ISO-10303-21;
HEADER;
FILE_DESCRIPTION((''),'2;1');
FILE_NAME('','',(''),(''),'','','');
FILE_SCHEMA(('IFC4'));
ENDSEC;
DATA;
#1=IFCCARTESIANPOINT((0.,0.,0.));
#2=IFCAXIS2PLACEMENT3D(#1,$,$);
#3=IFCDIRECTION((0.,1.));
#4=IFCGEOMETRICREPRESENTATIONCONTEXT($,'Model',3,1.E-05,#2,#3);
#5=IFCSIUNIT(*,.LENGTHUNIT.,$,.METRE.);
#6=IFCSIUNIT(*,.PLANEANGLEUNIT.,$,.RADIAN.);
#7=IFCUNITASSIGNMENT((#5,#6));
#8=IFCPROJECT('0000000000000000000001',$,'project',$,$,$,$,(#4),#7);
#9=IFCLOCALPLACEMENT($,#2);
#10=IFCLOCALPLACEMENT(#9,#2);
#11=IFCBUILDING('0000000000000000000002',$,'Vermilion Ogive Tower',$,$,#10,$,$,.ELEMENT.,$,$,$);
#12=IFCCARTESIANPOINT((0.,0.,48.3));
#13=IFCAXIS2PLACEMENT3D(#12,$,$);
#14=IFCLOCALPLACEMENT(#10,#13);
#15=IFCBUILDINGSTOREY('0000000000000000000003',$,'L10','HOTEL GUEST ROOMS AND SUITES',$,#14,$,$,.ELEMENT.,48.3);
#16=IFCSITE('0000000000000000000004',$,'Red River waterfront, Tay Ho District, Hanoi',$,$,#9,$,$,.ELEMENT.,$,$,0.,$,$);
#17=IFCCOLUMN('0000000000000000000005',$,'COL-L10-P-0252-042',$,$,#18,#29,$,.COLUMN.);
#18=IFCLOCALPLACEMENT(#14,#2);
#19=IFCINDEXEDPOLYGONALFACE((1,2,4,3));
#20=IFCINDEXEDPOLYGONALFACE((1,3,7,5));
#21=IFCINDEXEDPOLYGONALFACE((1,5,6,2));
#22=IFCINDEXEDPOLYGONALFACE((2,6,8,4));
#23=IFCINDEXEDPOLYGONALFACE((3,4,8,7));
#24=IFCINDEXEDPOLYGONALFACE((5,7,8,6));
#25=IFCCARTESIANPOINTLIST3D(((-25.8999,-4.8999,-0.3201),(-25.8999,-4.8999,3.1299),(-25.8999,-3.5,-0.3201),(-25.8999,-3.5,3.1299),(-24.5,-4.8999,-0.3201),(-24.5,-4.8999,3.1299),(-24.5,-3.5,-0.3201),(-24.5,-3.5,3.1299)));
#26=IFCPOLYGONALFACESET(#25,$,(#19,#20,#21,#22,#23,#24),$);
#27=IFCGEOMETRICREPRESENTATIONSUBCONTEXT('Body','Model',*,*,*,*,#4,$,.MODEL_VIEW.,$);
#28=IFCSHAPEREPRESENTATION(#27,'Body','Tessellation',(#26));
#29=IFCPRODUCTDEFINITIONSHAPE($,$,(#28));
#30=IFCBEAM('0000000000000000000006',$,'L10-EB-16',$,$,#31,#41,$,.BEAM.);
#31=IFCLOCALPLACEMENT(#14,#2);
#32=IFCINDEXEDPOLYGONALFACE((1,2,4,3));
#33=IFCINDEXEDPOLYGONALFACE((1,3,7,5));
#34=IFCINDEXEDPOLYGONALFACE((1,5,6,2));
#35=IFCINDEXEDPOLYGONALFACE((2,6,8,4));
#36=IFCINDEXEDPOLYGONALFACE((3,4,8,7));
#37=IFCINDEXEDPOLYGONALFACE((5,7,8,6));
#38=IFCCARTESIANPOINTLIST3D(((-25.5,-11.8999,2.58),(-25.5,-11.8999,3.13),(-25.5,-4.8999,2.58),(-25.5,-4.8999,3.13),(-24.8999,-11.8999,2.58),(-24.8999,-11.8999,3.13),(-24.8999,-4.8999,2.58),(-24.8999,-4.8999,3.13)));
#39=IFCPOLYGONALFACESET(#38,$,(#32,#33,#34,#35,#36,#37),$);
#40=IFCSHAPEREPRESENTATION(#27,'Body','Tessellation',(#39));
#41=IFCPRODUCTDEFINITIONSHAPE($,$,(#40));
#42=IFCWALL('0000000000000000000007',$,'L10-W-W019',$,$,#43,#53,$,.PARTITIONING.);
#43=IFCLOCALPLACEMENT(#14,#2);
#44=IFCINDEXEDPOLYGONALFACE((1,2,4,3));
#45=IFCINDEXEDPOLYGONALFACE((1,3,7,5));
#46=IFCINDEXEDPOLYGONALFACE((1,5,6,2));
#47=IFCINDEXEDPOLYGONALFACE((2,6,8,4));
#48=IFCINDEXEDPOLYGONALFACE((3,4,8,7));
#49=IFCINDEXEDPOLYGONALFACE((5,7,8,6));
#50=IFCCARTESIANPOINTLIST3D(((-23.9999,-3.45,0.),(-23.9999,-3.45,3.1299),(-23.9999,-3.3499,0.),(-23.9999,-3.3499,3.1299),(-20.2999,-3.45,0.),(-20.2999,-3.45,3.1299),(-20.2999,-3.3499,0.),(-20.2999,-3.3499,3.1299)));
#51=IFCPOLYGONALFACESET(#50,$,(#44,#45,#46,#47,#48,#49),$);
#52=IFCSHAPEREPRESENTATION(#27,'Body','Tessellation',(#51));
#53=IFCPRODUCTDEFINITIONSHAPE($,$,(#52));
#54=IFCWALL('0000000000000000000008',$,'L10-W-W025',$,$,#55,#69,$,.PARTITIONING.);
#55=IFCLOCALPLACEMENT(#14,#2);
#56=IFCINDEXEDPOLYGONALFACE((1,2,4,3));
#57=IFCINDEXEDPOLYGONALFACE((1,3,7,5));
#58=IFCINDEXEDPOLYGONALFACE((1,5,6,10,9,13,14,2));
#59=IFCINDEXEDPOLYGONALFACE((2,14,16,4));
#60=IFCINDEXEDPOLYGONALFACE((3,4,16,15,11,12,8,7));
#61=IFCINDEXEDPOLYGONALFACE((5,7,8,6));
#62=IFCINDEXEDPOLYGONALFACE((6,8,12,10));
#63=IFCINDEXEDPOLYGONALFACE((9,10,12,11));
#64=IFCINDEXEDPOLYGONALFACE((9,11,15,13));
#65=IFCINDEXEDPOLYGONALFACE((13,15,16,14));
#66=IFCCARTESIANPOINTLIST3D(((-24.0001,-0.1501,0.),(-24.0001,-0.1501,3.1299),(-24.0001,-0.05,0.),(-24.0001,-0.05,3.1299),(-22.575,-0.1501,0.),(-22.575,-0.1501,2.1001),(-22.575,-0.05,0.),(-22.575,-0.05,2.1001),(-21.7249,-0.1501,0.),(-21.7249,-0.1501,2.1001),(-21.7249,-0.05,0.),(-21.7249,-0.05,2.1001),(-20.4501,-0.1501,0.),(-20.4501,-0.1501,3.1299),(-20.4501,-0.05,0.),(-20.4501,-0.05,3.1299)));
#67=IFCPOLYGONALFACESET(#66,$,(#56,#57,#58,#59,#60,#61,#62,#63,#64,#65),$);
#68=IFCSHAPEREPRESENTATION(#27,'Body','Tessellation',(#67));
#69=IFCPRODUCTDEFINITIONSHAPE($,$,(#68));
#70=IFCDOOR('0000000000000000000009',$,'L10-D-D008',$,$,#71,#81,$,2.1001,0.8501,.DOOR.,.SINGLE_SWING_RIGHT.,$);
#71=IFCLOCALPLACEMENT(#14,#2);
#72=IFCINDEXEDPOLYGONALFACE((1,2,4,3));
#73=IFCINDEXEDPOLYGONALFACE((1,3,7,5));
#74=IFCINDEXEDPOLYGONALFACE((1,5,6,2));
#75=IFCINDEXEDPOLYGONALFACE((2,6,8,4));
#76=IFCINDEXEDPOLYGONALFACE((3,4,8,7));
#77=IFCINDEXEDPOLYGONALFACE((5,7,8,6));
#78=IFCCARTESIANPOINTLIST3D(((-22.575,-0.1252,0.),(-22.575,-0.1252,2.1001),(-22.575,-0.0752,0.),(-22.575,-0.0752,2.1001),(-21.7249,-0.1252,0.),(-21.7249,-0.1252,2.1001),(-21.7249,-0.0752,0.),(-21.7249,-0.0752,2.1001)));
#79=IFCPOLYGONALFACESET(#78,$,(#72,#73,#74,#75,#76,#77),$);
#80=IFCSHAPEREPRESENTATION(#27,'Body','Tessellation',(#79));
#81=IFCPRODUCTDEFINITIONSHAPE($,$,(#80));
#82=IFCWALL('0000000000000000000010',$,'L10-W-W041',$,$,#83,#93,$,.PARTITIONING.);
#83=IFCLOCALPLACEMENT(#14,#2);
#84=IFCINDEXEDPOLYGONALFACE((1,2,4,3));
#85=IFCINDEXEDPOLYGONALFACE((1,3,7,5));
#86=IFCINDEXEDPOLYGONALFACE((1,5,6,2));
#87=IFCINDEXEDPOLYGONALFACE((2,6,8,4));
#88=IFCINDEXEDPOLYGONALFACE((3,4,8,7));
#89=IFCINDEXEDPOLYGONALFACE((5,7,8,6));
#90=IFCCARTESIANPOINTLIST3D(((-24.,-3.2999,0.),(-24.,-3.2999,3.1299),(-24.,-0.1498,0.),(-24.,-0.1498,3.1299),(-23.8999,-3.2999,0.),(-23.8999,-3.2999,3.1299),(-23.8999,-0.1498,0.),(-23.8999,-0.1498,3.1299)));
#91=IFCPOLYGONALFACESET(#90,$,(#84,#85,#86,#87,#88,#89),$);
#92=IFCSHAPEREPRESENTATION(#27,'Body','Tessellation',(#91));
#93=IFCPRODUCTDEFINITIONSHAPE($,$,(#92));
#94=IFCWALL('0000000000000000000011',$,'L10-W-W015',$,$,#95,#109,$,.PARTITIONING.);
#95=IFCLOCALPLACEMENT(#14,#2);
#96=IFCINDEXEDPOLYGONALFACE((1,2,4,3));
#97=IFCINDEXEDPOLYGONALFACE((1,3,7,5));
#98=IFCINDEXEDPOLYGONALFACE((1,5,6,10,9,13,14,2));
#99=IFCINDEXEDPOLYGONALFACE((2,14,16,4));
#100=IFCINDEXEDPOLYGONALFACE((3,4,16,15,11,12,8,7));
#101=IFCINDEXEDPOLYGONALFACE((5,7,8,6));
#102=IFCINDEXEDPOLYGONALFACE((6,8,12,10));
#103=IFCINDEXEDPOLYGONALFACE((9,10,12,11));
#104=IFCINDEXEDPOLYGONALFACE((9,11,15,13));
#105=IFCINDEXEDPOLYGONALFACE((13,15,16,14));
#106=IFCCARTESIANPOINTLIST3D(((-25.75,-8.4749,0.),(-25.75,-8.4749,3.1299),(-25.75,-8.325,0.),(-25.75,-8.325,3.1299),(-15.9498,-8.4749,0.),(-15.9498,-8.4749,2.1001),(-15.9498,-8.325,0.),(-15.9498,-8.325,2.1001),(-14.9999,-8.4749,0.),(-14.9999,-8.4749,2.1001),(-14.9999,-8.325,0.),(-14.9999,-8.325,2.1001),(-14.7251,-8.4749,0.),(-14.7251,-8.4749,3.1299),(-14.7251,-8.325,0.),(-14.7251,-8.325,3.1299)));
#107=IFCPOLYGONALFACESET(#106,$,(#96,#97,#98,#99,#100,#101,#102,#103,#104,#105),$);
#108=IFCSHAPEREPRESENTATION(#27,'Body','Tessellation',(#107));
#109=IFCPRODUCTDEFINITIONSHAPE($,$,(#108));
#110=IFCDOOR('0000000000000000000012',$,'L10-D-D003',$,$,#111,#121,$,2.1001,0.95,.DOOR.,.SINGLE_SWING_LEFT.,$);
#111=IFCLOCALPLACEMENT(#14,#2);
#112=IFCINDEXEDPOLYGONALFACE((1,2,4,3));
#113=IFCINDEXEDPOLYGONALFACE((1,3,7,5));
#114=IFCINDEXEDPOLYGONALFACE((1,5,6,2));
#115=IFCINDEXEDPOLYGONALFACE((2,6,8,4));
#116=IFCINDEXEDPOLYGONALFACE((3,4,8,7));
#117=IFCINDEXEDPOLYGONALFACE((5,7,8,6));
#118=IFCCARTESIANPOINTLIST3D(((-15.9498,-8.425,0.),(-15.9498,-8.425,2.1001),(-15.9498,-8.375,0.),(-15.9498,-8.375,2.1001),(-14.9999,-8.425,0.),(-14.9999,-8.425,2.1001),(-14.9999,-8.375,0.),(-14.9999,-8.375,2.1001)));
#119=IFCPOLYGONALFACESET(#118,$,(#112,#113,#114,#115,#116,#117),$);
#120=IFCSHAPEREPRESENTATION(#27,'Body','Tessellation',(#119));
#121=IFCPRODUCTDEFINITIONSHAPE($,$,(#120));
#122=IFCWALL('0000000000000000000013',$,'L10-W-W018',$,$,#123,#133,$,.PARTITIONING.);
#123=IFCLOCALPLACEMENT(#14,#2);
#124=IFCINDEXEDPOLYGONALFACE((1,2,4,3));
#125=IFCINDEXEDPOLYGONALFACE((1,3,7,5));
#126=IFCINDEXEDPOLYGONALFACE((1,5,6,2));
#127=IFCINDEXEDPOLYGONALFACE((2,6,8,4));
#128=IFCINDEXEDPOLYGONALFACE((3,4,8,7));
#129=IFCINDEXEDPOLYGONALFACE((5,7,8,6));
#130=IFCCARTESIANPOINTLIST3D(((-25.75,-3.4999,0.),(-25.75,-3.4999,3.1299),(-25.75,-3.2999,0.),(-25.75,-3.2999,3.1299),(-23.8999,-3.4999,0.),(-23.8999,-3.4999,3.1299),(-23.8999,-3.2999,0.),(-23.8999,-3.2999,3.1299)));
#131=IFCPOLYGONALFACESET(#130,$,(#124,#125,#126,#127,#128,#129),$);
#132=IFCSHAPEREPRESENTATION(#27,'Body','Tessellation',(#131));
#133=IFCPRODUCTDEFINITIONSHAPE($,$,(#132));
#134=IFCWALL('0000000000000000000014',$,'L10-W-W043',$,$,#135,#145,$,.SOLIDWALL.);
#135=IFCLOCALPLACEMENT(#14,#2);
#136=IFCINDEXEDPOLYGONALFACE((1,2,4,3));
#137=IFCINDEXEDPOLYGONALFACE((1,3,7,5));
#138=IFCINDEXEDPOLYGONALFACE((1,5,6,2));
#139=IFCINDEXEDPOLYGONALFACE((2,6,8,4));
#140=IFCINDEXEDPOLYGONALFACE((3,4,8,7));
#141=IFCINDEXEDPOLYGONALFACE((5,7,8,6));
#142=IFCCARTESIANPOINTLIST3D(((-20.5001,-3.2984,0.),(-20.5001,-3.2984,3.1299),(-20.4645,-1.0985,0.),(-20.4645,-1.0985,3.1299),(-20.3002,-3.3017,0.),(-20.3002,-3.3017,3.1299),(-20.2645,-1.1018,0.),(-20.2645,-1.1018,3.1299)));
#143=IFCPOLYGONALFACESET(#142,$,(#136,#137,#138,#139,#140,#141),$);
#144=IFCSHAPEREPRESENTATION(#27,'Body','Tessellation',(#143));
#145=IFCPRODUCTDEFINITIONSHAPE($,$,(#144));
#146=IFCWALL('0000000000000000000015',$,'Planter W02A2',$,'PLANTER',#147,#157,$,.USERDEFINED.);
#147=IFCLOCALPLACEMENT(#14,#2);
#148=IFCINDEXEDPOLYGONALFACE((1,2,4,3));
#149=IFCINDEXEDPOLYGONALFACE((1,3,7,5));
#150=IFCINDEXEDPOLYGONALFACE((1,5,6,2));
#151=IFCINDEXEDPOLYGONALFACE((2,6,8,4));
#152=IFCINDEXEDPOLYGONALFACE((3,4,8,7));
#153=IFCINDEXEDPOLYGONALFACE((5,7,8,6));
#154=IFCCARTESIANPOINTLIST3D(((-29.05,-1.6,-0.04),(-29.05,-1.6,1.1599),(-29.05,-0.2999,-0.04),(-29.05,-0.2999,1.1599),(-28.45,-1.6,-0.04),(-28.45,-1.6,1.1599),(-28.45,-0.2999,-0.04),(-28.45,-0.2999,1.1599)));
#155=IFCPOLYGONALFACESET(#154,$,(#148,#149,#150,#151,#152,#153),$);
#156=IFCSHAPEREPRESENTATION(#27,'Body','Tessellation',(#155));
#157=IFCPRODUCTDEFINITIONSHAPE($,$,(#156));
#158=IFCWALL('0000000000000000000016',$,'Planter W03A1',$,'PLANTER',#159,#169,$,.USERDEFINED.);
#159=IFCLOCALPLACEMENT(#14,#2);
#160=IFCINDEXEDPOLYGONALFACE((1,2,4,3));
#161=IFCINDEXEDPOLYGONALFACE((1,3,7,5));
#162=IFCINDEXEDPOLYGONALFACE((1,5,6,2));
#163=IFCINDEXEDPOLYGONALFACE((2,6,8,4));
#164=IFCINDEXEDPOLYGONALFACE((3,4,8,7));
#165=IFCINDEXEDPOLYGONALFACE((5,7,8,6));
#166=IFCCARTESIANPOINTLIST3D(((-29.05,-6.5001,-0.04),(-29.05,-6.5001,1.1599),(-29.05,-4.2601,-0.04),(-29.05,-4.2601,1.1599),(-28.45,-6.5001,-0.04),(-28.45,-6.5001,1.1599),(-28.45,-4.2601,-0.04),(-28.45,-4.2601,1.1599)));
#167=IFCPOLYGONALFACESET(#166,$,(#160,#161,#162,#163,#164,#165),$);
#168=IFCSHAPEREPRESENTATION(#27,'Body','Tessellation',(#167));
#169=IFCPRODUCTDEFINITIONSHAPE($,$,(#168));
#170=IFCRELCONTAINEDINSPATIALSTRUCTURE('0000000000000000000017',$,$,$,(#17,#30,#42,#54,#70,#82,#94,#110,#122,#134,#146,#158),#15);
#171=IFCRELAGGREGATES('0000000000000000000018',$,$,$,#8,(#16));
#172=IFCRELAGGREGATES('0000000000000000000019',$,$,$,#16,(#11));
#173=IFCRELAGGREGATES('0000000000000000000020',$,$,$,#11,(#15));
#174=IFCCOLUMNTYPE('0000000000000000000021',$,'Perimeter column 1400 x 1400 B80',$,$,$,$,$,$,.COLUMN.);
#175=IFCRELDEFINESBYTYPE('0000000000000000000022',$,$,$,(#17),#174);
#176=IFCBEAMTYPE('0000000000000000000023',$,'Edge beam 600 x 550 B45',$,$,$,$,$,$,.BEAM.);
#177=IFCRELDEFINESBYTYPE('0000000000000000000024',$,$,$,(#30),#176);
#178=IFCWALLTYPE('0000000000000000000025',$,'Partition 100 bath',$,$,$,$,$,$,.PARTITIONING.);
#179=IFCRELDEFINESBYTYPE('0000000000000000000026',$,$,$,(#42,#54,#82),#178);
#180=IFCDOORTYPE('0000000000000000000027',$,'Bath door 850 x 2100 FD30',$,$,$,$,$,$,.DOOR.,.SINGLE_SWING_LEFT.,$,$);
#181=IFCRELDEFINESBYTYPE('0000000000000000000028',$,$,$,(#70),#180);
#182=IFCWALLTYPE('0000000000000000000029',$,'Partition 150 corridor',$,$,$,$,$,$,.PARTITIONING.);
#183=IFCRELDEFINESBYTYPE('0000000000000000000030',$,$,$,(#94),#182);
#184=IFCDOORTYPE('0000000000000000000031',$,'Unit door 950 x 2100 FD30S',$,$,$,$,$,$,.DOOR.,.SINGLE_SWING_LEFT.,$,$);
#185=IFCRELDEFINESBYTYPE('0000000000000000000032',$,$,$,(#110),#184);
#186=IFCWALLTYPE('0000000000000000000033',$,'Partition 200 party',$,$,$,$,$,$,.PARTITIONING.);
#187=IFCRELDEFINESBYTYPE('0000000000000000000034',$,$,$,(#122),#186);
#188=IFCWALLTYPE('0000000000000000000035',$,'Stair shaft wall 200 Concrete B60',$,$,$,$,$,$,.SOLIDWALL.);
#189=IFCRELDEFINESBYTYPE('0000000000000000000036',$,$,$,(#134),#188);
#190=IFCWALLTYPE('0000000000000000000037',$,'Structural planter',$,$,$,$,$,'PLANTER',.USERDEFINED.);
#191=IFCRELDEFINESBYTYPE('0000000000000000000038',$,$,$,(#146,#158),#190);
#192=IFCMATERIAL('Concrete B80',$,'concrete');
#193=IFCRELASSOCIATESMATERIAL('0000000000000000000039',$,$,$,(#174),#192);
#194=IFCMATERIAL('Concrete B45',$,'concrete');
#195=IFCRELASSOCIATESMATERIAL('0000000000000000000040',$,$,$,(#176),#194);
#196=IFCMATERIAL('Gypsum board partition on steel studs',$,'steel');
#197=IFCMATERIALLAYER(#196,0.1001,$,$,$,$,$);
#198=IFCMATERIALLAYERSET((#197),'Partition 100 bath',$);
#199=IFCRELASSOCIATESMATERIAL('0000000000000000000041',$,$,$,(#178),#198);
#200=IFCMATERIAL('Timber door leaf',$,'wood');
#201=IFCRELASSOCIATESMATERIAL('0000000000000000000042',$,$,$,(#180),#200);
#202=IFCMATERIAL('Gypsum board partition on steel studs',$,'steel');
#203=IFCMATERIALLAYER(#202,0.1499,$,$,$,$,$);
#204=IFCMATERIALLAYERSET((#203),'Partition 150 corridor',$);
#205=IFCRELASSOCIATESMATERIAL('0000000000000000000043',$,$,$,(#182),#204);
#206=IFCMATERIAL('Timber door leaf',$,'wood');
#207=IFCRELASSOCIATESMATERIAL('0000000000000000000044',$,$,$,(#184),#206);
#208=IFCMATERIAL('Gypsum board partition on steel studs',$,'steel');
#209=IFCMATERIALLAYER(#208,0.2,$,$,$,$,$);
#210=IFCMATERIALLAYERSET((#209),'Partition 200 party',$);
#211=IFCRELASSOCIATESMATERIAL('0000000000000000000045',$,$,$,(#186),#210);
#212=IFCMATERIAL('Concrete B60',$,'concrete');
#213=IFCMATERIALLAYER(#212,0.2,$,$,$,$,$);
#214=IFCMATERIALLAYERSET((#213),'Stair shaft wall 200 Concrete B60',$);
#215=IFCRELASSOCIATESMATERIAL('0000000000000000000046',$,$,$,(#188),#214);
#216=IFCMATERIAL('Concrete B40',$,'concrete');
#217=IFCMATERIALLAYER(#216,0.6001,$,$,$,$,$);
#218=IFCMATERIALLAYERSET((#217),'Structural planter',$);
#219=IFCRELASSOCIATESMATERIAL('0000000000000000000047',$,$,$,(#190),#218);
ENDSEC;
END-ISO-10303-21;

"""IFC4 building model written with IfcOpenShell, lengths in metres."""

from ifc_helpers import new_model, si_unit, direction, frame, frame_2d, origin, origin_2d, place, context, subcontext, project, spatial, rectangle, extrude, material, layer, layer_set, material_profile, profile_set, type_object, element, fill, save


model = new_model("IFC4")

# Units and contexts
model_context = context("Model", 3, precision=1e-05, world=origin(), true_north=direction((0.0, 1.0)))
body_context = subcontext(model_context, "Body", "Model", "MODEL_VIEW")
ifc_project = project(units=[si_unit("LENGTHUNIT", "METRE"), si_unit("PLANEANGLEUNIT", "RADIAN")], contexts=[model_context])

# Site, building, storey
site_placement = place(None, origin())
site = spatial("IfcSite", under=ifc_project, at=site_placement, Name="Red River waterfront, Tay Ho District, Hanoi", CompositionType="ELEMENT", RefElevation=0.0)
building_placement = place(site_placement, origin())
building = spatial("IfcBuilding", under=site, at=building_placement, Name="Vermilion Ogive Tower", CompositionType="ELEMENT")
storey_placement = place(building_placement, frame((0.0, 0.0, 48.3)))
storey = spatial("IfcBuildingStorey", under=building, at=storey_placement, Name="L10", Description="HOTEL GUEST ROOMS AND SUITES", CompositionType="ELEMENT", Elevation=48.3)

# Column
ifc_material_1 = material(Name="Concrete B80", Category="concrete")
ifc_material_profile_1 = material_profile(ifc_material_1, rectangle(XDim=1.3999, YDim=1.3999, at=origin_2d()), Name="1400 x 1400")
ifc_profile_set_1 = profile_set([ifc_material_profile_1], Name="Concrete B80")
column_type = type_object("IfcColumnType", Name="Perimeter column 1400 x 1400 B80", PredefinedType="COLUMN", material=ifc_profile_set_1)
column_placement = place(storey_placement, frame((-25.2, -4.2, -0.3201), z_axis=(0.0, 0.0, 1.0), x_axis=(1.0, 0.0, 0.0)))
element("IfcColumn", 1, at=column_placement, inside=storey, type_object=column_type, Name="COL-L10-P-0252-042", PredefinedType="COLUMN", context=body_context, shape_type="SweptSolid", body=[
    extrude(rectangle(XDim=1.3999, YDim=1.3999, at=origin_2d()), origin(), (0.0, 0.0, 1.0), 3.45),
])

# Beam
ifc_material_2 = material(Name="Concrete B45", Category="concrete")
ifc_material_profile_2 = material_profile(ifc_material_2, rectangle(XDim=0.6001, YDim=0.55, at=origin_2d()), Name="600 x 550")
ifc_profile_set_2 = profile_set([ifc_material_profile_2], Name="Concrete B45")
beam_type = type_object("IfcBeamType", Name="Edge beam 600 x 550 B45", PredefinedType="BEAM", material=ifc_profile_set_2)
beam_placement = place(storey_placement, frame((-25.2, -4.8999, 2.855), z_axis=(0.0, -1.0, 0.0), x_axis=(1.0, 0.0, 0.0)))
element("IfcBeam", 2, at=beam_placement, inside=storey, type_object=beam_type, Name="L10-EB-16", PredefinedType="BEAM", context=body_context, shape_type="SweptSolid", body=[
    extrude(rectangle(XDim=0.6001, YDim=0.55, at=origin_2d()), origin(), (0.0, 0.0, 1.0), 7.0),
])

# Wall
ifc_material_3 = material(Name="Gypsum board partition on steel studs", Category="steel")
ifc_layer_1 = layer(ifc_material_3, 0.1001)
ifc_layer_set_1 = layer_set([ifc_layer_1], Name="Partition 100 bath")
wall_type_1 = type_object("IfcWallType", Name="Partition 100 bath", PredefinedType="PARTITIONING", material=ifc_layer_set_1)
wall_1_placement = place(storey_placement, frame((-24.0, -3.3999, 0.0), z_axis=(0.0, 0.0, 1.0), x_axis=(1.0, 0.0, 0.0)))
element("IfcWall", 3, at=wall_1_placement, inside=storey, type_object=wall_type_1, Name="L10-W-W019", PredefinedType="PARTITIONING", context=body_context, shape_type="SweptSolid", body=[
    extrude(rectangle(XDim=3.7, YDim=0.1001, at=frame_2d((1.8501, 0.0))), origin(), (0.0, 0.0, 1.0), 3.1299),
])

# Wall, opening, door
wall_2_placement = place(storey_placement, frame((-24.0, -0.1001, 0.0), z_axis=(0.0, 0.0, 1.0), x_axis=(1.0, 0.0, 0.0)))
wall_2 = element("IfcWall", 4, at=wall_2_placement, inside=storey, type_object=wall_type_1, Name="L10-W-W025", PredefinedType="PARTITIONING", context=body_context, shape_type="SweptSolid", body=[
    extrude(rectangle(XDim=3.55, YDim=0.1001, at=frame_2d((1.7749, 0.0))), origin(), (0.0, 0.0, 1.0), 3.1299),
])
opening_1_placement = place(wall_2_placement, frame((1.425, 0.0, 0.0)))
opening_1 = element("IfcOpeningElement", 5, at=opening_1_placement, cuts=wall_2, PredefinedType="OPENING", context=body_context, shape_type="SweptSolid", body=[
    extrude(rectangle(XDim=0.8501, YDim=2.1001, at=frame_2d((0.425, 1.05))), frame((0.0, 0.0601, 0.0), z_axis=(0.0, -1.0, 0.0), x_axis=(1.0, 0.0, 0.0)), (0.0, 0.0, 1.0), 0.1201),
])
ifc_material_4 = material(Name="Timber door leaf", Category="wood")
door_type_1 = type_object("IfcDoorType", Name="Bath door 850 x 2100 FD30", OperationType="SINGLE_SWING_LEFT", PredefinedType="DOOR", material=ifc_material_4)
door_1_placement = place(opening_1_placement, origin())
door_1 = element("IfcDoor", 6, at=door_1_placement, inside=storey, type_object=door_type_1, Name="L10-D-D008", OperationType="SINGLE_SWING_RIGHT", OverallHeight=2.1001, OverallWidth=0.8501, PredefinedType="DOOR", context=body_context, shape_type="SweptSolid", body=[
    extrude(rectangle(XDim=0.8501, YDim=2.1001, at=frame_2d((0.425, 1.05))), frame((0.0, 0.0249, 0.0), z_axis=(0.0, -1.0, 0.0), x_axis=(1.0, 0.0, 0.0)), (0.0, 0.0, 1.0), 0.05),
])
fill(opening_1, door_1)

# Wall
wall_3_placement = place(storey_placement, frame((-23.95, -3.3, 0.0), z_axis=(0.0, 0.0, 1.0), x_axis=(0.0, 1.0, 0.0)))
element("IfcWall", 7, at=wall_3_placement, inside=storey, type_object=wall_type_1, Name="L10-W-W041", PredefinedType="PARTITIONING", context=body_context, shape_type="SweptSolid", body=[
    extrude(rectangle(XDim=3.1501, YDim=0.1001, at=frame_2d((1.5752, 0.0))), origin(), (0.0, 0.0, 1.0), 3.1299),
])

# Wall, opening, door
ifc_material_5 = material(Name="Gypsum board partition on steel studs", Category="steel")
ifc_layer_2 = layer(ifc_material_5, 0.1499)
ifc_layer_set_2 = layer_set([ifc_layer_2], Name="Partition 150 corridor")
wall_type_2 = type_object("IfcWallType", Name="Partition 150 corridor", PredefinedType="PARTITIONING", material=ifc_layer_set_2)
wall_4_placement = place(storey_placement, frame((-25.75, -8.3999, 0.0), z_axis=(0.0, 0.0, 1.0), x_axis=(1.0, 0.0, 0.0)))
wall_4 = element("IfcWall", 8, at=wall_4_placement, inside=storey, type_object=wall_type_2, Name="L10-W-W015", PredefinedType="PARTITIONING", context=body_context, shape_type="SweptSolid", body=[
    extrude(rectangle(XDim=11.0249, YDim=0.1499, at=frame_2d((5.5125, 0.0))), origin(), (0.0, 0.0, 1.0), 3.1299),
])
opening_2_placement = place(wall_4_placement, frame((9.8, 0.0, 0.0)))
opening_2 = element("IfcOpeningElement", 9, at=opening_2_placement, cuts=wall_4, PredefinedType="OPENING", context=body_context, shape_type="SweptSolid", body=[
    extrude(rectangle(XDim=0.95, YDim=2.1001, at=frame_2d((0.4751, 1.05))), frame((0.0, 0.085, 0.0), z_axis=(0.0, -1.0, 0.0), x_axis=(1.0, 0.0, 0.0)), (0.0, 0.0, 1.0), 0.1699),
])
ifc_material_6 = material(Name="Timber door leaf", Category="wood")
door_type_2 = type_object("IfcDoorType", Name="Unit door 950 x 2100 FD30S", OperationType="SINGLE_SWING_LEFT", PredefinedType="DOOR", material=ifc_material_6)
door_2_placement = place(opening_2_placement, origin())
door_2 = element("IfcDoor", 10, at=door_2_placement, inside=storey, type_object=door_type_2, Name="L10-D-D003", OperationType="SINGLE_SWING_LEFT", OverallHeight=2.1001, OverallWidth=0.95, PredefinedType="DOOR", context=body_context, shape_type="SweptSolid", body=[
    extrude(rectangle(XDim=0.95, YDim=2.1001, at=frame_2d((0.4751, 1.05))), frame((0.0, 0.0249, 0.0), z_axis=(0.0, -1.0, 0.0), x_axis=(1.0, 0.0, 0.0)), (0.0, 0.0, 1.0), 0.05),
])
fill(opening_2, door_2)

# Walls
ifc_material_7 = material(Name="Gypsum board partition on steel studs", Category="steel")
ifc_layer_3 = layer(ifc_material_7, 0.2)
ifc_layer_set_3 = layer_set([ifc_layer_3], Name="Partition 200 party")
wall_type_3 = type_object("IfcWallType", Name="Partition 200 party", PredefinedType="PARTITIONING", material=ifc_layer_set_3)
wall_5_placement = place(storey_placement, frame((-25.75, -3.3999, 0.0), z_axis=(0.0, 0.0, 1.0), x_axis=(1.0, 0.0, 0.0)))
element("IfcWall", 11, at=wall_5_placement, inside=storey, type_object=wall_type_3, Name="L10-W-W018", PredefinedType="PARTITIONING", context=body_context, shape_type="SweptSolid", body=[
    extrude(rectangle(XDim=1.8501, YDim=0.2, at=frame_2d((0.925, 0.0))), origin(), (0.0, 0.0, 1.0), 3.1299),
])
ifc_material_8 = material(Name="Concrete B60", Category="concrete")
ifc_layer_4 = layer(ifc_material_8, 0.2)
ifc_layer_set_4 = layer_set([ifc_layer_4], Name="Stair shaft wall 200 Concrete B60")
wall_type_4 = type_object("IfcWallType", Name="Stair shaft wall 200 Concrete B60", PredefinedType="SOLIDWALL", material=ifc_layer_set_4)
wall_6_placement = place(storey_placement, frame((-20.4001, -3.3, 0.0), z_axis=(0.0, 0.0, 1.0), x_axis=(0.0162, 0.999869, 0.0)))
element("IfcWall", 12, at=wall_6_placement, inside=storey, type_object=wall_type_4, Name="L10-W-W043", PredefinedType="SOLIDWALL", context=body_context, shape_type="SweptSolid", body=[
    extrude(rectangle(XDim=2.2002, YDim=0.2, at=frame_2d((1.1001, 0.0))), origin(), (0.0, 0.0, 1.0), 3.1299),
])
ifc_material_9 = material(Name="Concrete B40", Category="concrete")
ifc_layer_5 = layer(ifc_material_9, 0.6001)
ifc_layer_set_5 = layer_set([ifc_layer_5], Name="Structural planter")
wall_type_5 = type_object("IfcWallType", Name="Structural planter", ElementType="PLANTER", PredefinedType="USERDEFINED", material=ifc_layer_set_5)
wall_7_placement = place(storey_placement, frame((-28.75, -0.3, -0.04), z_axis=(0.0, 0.0, 1.0), x_axis=(0.0, -1.0, 0.0)))
element("IfcWall", 13, at=wall_7_placement, inside=storey, type_object=wall_type_5, Name="Planter W02A2", ObjectType="PLANTER", PredefinedType="USERDEFINED", context=body_context, shape_type="SweptSolid", body=[
    extrude(rectangle(XDim=1.3, YDim=0.6001, at=frame_2d((0.6499, 0.0))), origin(), (0.0, 0.0, 1.0), 1.2),
])
wall_8_placement = place(storey_placement, frame((-28.75, -4.26, -0.04), z_axis=(0.0, 0.0, 1.0), x_axis=(0.0, -1.0, 0.0)))
element("IfcWall", 14, at=wall_8_placement, inside=storey, type_object=wall_type_5, Name="Planter W03A1", ObjectType="PLANTER", PredefinedType="USERDEFINED", context=body_context, shape_type="SweptSolid", body=[
    extrude(rectangle(XDim=2.24, YDim=0.6001, at=frame_2d((1.1201, 0.0))), origin(), (0.0, 0.0, 1.0), 1.2),
])

save(model, "model.ifc")
